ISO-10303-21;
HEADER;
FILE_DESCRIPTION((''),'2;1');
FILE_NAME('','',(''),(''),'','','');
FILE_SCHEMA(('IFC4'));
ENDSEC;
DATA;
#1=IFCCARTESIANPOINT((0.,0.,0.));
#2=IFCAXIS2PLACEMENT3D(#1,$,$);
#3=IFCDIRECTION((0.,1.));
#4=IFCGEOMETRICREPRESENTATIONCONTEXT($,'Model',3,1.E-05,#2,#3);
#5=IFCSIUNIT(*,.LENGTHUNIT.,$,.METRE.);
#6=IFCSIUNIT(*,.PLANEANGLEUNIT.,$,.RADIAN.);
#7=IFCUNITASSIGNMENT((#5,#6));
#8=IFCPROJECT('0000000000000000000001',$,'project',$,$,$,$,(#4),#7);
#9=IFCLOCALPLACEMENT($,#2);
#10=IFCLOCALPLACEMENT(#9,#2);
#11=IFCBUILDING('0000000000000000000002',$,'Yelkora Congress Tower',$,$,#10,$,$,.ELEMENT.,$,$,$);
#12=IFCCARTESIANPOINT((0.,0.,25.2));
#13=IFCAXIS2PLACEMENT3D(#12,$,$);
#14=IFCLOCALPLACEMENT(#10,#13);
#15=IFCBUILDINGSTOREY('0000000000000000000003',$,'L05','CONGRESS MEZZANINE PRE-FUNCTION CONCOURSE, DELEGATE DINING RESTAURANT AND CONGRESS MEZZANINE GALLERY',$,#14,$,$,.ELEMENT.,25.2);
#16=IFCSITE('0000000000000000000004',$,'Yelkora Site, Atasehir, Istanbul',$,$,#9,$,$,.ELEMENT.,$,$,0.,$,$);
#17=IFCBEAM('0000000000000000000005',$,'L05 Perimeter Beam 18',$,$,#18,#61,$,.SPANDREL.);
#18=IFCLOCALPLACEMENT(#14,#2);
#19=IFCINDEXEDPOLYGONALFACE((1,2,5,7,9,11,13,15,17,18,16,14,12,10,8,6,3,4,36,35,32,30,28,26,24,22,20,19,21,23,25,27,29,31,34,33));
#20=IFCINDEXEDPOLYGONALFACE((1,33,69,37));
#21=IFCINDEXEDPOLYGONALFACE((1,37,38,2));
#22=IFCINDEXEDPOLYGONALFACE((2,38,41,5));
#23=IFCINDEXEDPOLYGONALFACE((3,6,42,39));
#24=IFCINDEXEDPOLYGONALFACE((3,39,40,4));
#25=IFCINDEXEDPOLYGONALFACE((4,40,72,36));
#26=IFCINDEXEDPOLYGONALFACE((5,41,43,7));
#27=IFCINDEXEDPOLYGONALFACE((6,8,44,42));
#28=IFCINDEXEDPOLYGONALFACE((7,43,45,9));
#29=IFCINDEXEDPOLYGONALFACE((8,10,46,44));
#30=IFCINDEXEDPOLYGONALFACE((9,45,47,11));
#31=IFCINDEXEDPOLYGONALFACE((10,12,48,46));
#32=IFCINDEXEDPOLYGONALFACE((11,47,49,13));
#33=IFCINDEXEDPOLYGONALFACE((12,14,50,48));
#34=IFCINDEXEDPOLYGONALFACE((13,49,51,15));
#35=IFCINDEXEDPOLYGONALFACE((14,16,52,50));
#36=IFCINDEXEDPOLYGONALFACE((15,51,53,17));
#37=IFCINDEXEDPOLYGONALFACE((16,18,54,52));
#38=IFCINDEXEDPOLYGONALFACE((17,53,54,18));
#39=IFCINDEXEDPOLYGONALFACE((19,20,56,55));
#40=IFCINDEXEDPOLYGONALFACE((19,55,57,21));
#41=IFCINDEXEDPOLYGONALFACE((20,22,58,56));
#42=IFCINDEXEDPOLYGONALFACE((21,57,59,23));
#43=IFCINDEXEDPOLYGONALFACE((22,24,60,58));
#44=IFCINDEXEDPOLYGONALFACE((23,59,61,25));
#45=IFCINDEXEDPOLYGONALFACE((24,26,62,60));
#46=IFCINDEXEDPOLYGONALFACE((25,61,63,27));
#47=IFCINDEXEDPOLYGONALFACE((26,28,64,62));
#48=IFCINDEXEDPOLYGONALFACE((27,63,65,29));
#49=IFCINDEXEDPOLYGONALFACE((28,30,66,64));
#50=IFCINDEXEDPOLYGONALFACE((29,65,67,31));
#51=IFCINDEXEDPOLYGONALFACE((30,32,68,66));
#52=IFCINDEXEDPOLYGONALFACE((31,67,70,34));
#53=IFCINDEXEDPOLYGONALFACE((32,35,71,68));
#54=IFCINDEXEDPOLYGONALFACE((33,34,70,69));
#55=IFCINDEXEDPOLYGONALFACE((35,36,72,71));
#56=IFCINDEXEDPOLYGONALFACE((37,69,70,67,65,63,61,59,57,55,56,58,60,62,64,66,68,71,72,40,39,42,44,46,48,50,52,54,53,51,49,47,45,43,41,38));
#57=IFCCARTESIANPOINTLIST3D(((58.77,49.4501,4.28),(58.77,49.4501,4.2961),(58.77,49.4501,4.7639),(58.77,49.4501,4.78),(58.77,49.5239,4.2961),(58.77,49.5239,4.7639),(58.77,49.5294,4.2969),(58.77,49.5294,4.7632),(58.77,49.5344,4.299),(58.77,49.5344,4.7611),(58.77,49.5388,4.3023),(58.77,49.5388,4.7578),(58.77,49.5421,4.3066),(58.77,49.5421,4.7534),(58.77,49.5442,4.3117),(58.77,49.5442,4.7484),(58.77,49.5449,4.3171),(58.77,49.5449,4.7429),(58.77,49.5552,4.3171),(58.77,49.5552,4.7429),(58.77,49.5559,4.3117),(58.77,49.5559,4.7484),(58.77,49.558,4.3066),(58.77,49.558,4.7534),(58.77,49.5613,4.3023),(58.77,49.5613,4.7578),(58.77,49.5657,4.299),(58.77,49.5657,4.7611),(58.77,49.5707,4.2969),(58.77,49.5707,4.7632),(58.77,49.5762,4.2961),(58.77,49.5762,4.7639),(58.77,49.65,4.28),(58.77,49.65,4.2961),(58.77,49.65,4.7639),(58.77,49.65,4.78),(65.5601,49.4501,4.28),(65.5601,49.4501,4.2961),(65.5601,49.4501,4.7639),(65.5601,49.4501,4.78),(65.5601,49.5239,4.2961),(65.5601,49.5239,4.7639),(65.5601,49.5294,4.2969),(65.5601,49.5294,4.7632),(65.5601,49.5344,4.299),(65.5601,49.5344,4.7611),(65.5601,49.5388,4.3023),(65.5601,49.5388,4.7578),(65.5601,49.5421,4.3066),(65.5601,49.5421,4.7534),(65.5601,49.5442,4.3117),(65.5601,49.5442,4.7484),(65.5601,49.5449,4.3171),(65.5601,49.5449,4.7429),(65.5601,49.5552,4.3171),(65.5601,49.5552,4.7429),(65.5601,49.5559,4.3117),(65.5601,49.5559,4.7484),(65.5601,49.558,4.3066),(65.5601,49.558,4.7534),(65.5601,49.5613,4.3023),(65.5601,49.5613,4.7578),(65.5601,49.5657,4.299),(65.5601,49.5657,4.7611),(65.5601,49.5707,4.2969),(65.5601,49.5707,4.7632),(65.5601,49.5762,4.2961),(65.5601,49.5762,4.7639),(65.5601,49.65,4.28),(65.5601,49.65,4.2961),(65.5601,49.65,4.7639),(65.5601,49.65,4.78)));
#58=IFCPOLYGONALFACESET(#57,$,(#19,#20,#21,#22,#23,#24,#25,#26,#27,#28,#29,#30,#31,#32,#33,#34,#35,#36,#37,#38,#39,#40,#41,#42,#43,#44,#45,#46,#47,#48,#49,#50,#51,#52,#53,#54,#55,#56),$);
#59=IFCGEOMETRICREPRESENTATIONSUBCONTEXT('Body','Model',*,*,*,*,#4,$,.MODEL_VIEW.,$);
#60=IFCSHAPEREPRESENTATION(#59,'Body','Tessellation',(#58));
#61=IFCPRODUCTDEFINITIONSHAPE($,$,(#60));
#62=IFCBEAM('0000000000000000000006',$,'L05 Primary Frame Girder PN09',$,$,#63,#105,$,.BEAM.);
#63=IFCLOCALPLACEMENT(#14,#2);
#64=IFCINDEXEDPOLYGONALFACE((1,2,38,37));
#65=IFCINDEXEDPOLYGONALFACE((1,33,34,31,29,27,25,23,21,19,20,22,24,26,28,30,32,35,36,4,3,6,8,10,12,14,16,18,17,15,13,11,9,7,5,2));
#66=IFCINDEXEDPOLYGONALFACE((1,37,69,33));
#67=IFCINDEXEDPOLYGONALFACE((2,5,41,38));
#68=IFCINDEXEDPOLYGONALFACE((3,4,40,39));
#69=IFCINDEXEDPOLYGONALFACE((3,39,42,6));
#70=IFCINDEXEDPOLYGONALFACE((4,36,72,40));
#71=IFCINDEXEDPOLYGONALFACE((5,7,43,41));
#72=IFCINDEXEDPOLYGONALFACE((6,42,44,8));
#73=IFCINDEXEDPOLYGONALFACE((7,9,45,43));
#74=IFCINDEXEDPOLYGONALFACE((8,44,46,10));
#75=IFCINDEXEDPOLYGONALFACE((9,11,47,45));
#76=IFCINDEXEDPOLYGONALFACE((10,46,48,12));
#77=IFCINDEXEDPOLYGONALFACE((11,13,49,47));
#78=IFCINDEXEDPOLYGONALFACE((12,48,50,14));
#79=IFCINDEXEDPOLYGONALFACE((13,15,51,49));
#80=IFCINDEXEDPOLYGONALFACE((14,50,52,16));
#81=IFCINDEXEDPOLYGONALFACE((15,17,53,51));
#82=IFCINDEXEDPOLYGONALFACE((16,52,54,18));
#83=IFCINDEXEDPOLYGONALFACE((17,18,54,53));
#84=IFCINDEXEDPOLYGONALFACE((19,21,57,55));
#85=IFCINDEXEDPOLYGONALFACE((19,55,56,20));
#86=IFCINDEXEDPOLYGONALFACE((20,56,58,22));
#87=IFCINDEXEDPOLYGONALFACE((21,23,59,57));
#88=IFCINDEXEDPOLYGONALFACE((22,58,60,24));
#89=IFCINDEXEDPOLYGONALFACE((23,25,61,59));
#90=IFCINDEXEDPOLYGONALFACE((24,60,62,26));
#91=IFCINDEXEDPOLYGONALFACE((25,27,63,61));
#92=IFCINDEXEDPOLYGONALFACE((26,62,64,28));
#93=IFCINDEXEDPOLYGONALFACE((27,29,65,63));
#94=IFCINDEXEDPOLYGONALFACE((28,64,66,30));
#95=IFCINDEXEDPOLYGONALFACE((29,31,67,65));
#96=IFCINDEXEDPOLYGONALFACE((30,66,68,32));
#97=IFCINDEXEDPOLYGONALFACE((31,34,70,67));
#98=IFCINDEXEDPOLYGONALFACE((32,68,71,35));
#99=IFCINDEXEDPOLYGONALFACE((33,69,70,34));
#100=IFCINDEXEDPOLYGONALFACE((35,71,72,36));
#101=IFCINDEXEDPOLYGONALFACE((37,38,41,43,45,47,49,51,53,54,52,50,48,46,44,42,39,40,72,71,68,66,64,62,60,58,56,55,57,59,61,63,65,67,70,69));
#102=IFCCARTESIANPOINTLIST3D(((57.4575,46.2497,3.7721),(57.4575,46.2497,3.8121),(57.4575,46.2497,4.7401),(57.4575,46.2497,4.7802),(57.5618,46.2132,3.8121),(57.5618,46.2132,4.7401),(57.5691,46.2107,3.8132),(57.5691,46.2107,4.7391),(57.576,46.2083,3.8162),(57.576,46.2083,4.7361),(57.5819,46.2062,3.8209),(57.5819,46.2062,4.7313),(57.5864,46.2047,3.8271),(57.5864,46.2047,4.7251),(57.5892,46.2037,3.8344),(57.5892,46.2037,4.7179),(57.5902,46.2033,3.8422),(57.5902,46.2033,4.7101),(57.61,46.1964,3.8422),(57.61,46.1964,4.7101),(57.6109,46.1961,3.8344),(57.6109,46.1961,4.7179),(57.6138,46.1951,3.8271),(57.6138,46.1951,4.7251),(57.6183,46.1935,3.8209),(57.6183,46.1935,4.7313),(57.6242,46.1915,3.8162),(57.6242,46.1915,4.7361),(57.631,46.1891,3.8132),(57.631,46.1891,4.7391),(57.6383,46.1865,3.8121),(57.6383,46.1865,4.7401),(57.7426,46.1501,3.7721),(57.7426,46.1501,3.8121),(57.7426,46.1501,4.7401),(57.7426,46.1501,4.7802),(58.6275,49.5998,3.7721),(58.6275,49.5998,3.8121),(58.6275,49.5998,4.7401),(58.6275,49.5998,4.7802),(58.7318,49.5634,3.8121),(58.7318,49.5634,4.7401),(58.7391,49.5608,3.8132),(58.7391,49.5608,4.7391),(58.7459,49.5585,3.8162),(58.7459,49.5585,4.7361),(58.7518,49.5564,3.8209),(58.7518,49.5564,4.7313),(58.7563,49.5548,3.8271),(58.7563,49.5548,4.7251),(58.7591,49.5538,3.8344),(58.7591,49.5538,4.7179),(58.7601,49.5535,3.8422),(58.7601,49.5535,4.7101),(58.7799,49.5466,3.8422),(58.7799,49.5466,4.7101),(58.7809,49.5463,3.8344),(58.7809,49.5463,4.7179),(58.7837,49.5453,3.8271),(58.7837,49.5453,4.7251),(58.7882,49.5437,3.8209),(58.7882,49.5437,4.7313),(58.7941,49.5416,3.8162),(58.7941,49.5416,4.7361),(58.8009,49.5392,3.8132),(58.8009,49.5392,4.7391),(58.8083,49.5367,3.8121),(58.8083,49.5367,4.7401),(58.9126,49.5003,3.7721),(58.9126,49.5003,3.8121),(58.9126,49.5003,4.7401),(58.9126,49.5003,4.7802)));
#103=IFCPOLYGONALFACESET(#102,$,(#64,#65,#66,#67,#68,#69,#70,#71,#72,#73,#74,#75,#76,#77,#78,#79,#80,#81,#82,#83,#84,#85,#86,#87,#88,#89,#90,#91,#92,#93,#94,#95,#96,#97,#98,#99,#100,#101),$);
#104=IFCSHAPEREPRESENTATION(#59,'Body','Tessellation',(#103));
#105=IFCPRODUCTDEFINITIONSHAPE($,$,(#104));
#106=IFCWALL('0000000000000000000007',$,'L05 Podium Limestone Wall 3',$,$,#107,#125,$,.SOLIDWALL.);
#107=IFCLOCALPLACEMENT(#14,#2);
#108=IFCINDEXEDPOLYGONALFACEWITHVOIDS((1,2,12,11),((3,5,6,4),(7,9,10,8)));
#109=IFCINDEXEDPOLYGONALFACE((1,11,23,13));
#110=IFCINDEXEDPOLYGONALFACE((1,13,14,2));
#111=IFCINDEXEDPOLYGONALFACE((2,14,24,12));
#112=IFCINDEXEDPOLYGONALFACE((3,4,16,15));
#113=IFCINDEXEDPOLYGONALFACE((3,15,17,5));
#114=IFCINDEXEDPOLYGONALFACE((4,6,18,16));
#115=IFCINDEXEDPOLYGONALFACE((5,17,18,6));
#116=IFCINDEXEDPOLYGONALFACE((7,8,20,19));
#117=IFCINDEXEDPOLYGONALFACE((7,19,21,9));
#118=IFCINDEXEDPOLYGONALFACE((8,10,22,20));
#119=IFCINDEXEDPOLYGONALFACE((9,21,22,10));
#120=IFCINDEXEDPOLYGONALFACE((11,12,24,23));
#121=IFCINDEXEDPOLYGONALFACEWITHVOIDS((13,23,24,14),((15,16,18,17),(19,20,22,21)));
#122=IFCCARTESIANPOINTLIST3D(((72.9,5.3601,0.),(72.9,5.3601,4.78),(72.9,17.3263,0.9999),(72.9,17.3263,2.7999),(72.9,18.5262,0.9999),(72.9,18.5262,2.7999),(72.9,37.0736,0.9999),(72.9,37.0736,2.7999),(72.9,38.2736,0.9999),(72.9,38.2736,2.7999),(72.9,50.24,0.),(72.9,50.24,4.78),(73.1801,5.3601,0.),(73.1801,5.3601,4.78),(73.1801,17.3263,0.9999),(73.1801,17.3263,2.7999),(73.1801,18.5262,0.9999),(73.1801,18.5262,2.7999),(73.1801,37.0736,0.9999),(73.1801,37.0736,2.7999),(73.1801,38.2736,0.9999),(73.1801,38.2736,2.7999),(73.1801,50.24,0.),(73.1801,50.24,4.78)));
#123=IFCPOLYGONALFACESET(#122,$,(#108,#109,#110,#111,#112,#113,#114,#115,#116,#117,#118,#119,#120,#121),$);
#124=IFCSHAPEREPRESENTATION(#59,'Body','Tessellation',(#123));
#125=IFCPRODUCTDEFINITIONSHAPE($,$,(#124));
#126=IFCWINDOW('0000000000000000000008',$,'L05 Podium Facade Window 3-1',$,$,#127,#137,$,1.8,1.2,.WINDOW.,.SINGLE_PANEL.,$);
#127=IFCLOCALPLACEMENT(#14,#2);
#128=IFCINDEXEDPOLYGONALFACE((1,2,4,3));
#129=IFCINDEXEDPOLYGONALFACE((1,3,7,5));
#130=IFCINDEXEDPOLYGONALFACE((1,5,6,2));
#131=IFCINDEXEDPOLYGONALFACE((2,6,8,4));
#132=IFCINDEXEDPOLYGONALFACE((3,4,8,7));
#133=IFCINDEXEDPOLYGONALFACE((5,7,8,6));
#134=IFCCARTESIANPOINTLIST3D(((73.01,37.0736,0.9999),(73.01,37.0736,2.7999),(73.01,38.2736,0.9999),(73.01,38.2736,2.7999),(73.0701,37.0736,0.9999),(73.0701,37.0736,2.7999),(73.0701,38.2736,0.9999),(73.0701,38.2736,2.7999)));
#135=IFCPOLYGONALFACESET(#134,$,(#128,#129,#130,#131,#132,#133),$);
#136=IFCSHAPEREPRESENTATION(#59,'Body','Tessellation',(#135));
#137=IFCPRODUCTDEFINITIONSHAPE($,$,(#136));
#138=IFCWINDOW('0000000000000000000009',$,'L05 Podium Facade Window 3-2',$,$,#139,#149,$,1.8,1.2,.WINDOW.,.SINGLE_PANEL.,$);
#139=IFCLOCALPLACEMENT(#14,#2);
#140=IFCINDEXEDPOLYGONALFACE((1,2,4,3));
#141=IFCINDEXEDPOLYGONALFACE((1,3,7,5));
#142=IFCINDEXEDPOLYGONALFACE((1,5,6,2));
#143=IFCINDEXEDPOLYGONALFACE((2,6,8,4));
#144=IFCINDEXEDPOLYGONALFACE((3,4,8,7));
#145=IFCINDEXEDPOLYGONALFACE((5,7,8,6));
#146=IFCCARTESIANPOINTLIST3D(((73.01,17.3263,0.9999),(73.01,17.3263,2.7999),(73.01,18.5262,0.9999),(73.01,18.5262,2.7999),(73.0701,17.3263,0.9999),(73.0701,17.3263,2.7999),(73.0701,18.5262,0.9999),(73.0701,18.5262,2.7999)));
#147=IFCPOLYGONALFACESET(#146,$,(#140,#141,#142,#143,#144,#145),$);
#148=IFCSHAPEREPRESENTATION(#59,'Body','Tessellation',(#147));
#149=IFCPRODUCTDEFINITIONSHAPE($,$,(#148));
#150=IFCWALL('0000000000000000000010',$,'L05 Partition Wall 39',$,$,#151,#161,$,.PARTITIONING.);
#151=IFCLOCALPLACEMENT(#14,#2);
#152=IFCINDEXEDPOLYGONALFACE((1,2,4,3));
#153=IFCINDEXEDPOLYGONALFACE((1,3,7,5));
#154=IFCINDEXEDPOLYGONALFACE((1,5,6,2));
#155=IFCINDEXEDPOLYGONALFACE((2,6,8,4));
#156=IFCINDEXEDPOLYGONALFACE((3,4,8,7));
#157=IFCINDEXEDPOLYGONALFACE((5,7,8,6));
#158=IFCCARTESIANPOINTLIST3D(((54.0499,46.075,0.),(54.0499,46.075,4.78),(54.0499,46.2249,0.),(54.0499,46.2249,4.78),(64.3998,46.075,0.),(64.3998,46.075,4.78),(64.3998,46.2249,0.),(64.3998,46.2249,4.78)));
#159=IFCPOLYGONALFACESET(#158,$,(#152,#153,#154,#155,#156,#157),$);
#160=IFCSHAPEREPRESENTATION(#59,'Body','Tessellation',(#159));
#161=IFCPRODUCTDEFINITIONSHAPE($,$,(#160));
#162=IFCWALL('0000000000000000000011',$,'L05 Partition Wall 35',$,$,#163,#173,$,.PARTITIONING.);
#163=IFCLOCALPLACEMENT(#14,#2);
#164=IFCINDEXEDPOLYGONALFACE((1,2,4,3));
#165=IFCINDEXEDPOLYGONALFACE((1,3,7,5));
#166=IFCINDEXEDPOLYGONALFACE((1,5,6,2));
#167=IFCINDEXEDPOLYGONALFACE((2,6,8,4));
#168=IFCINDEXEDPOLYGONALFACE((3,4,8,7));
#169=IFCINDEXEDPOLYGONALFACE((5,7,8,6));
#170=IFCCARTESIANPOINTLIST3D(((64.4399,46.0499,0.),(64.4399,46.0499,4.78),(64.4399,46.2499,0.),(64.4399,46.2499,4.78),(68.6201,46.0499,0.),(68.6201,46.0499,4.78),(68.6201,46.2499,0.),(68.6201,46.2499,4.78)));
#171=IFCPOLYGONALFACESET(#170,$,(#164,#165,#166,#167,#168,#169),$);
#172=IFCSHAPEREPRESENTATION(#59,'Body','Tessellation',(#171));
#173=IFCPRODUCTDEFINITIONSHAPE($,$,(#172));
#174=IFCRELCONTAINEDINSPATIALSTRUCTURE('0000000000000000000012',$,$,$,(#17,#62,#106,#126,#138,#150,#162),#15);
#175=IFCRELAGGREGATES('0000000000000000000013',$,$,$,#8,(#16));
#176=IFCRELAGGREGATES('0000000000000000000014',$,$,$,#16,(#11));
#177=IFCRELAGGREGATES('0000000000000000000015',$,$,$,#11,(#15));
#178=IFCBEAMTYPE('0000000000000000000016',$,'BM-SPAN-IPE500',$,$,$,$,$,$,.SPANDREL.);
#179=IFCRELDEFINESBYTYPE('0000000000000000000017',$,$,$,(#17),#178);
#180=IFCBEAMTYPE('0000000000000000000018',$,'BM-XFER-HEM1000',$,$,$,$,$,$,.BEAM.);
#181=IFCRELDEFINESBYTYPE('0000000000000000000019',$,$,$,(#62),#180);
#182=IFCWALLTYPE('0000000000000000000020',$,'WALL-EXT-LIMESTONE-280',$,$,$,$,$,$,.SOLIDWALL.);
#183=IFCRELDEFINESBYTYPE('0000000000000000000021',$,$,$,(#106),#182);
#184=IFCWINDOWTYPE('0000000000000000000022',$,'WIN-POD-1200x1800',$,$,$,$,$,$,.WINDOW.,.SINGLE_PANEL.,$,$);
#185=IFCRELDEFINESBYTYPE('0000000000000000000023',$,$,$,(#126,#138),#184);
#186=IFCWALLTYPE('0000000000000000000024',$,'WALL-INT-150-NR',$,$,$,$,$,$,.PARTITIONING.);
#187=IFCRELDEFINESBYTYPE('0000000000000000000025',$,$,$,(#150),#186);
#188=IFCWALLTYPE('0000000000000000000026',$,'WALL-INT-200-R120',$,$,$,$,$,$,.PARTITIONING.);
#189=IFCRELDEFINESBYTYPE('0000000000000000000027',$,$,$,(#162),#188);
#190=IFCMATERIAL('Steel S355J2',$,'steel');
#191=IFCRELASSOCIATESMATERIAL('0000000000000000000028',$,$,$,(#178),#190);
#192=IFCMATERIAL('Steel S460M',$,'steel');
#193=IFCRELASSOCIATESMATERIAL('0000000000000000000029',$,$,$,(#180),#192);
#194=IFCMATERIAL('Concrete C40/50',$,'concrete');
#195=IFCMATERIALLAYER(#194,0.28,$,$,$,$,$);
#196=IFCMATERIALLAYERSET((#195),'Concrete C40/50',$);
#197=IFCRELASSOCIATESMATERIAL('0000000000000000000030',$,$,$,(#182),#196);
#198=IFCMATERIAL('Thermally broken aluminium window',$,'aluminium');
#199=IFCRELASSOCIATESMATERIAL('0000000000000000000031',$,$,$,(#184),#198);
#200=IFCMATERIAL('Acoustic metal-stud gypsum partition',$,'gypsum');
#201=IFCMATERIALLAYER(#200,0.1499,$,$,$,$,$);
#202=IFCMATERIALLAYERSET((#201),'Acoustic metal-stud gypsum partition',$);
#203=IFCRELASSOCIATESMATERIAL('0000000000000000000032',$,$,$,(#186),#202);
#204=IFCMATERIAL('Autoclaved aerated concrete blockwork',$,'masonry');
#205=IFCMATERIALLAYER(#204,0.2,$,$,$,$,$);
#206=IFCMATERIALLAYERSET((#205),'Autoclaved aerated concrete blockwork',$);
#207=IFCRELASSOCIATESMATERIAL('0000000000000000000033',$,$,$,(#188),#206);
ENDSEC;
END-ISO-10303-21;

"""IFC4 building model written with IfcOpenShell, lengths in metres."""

from ifc_helpers import new_model, si_unit, direction, frame, frame_2d, origin, origin_2d, place, context, subcontext, project, spatial, rectangle, i_section, extrude, material, layer, layer_set, material_profile, profile_set, type_object, element, fill, save


model = new_model("IFC4")

# Units and contexts
model_context = context("Model", 3, precision=1e-05, world=origin(), true_north=direction((0.0, 1.0)))
body_context = subcontext(model_context, "Body", "Model", "MODEL_VIEW")
ifc_project = project(units=[si_unit("LENGTHUNIT", "METRE"), si_unit("PLANEANGLEUNIT", "RADIAN")], contexts=[model_context])

# Site, building, storey
site_placement = place(None, origin())
site = spatial("IfcSite", under=ifc_project, at=site_placement, Name="Yelkora Site, Atasehir, Istanbul", CompositionType="ELEMENT", RefElevation=0.0)
building_placement = place(site_placement, origin())
building = spatial("IfcBuilding", under=site, at=building_placement, Name="Yelkora Congress Tower", CompositionType="ELEMENT")
storey_placement = place(building_placement, frame((0.0, 0.0, 25.2)))
storey = spatial("IfcBuildingStorey", under=building, at=storey_placement, Name="L05", Description="CONGRESS MEZZANINE PRE-FUNCTION CONCOURSE, DELEGATE DINING RESTAURANT AND CONGRESS MEZZANINE GALLERY", CompositionType="ELEMENT", Elevation=25.2)

# Beams
ifc_material_1 = material(Name="Steel S355J2", Category="steel")
ifc_material_profile_1 = material_profile(ifc_material_1, i_section(OverallWidth=0.2, OverallDepth=0.5, WebThickness=0.0103, FlangeThickness=0.0161, FilletRadius=0.021, at=origin_2d()), Name="IPE 500")
ifc_profile_set_1 = profile_set([ifc_material_profile_1], Name="Steel S355J2")
beam_type_1 = type_object("IfcBeamType", Name="BM-SPAN-IPE500", PredefinedType="SPANDREL", material=ifc_profile_set_1)
for number, where, z_axis, x_axis, name in (
    (1, (65.5601, 49.55, 4.53), (-1.0, 0.0, 0.0), (0.0, -1.0, 0.0), "L05 Perimeter Beam 18"),
):
    element("IfcBeam", number, at=place(storey_placement, frame(where, z_axis=z_axis, x_axis=x_axis)), inside=storey, type_object=beam_type_1, Name=name, PredefinedType="SPANDREL", context=body_context, shape_type="SweptSolid", body=[
        extrude(i_section(OverallWidth=0.2, OverallDepth=0.5, WebThickness=0.0103, FlangeThickness=0.0161, FilletRadius=0.021, at=origin_2d()), origin(), (0.0, 0.0, 1.0), 6.79),
    ])
ifc_material_2 = material(Name="Steel S460M", Category="steel")
ifc_material_profile_2 = material_profile(ifc_material_2, i_section(OverallWidth=0.302, OverallDepth=1.0081, WebThickness=0.021, FlangeThickness=0.04, FilletRadius=0.03, at=origin_2d()), Name="HEM 1000")
ifc_profile_set_2 = profile_set([ifc_material_profile_2], Name="Steel S460M")
beam_type_2 = type_object("IfcBeamType", Name="BM-XFER-HEM1000", PredefinedType="BEAM", material=ifc_profile_set_2)
beam_1_placement = place(storey_placement, frame((58.77, 49.55, 4.2761), z_axis=(-0.329695, -0.944088, 0.0), x_axis=(0.944088, -0.329695, 0.0)))
element("IfcBeam", 2, at=beam_1_placement, inside=storey, type_object=beam_type_2, Name="L05 Primary Frame Girder PN09", PredefinedType="BEAM", context=body_context, shape_type="SweptSolid", body=[
    extrude(i_section(OverallWidth=0.302, OverallDepth=1.0081, WebThickness=0.021, FlangeThickness=0.04, FilletRadius=0.03, at=origin_2d()), origin(), (0.0, 0.0, 1.0), 3.5486),
])

# Wall, openings, windows
ifc_material_3 = material(Name="Concrete C40/50", Category="concrete")
ifc_layer_1 = layer(ifc_material_3, 0.28)
ifc_layer_set_1 = layer_set([ifc_layer_1], Name="Concrete C40/50")
wall_type_1 = type_object("IfcWallType", Name="WALL-EXT-LIMESTONE-280", PredefinedType="SOLIDWALL", material=ifc_layer_set_1)
wall_1_placement = place(storey_placement, frame((73.04, 50.24, 0.0), z_axis=(0.0, 0.0, 1.0), x_axis=(0.0, -1.0, 0.0)))
wall_1 = element("IfcWall", 3, at=wall_1_placement, inside=storey, type_object=wall_type_1, Name="L05 Podium Limestone Wall 3", PredefinedType="SOLIDWALL", context=body_context, shape_type="SweptSolid", body=[
    extrude(rectangle(XDim=44.8799, YDim=0.28, at=frame_2d((22.4399, 0.0))), origin(), (0.0, 0.0, 1.0), 4.78),
])
opening_1_placement = place(wall_1_placement, frame((11.9663, 0.0, 1.0)))
opening_1 = element("IfcOpeningElement", 4, at=opening_1_placement, cuts=wall_1, PredefinedType="OPENING", context=body_context, shape_type="SweptSolid", body=[
    extrude(rectangle(XDim=1.2, YDim=1.8, at=frame_2d((0.6001, 0.8999))), frame((0.0, 0.1499, 0.0), z_axis=(0.0, -1.0, 0.0), x_axis=(1.0, 0.0, 0.0)), (0.0, 0.0, 1.0), 0.3),
])
opening_2_placement = place(wall_1_placement, frame((31.7136, 0.0, 1.0)))
opening_2 = element("IfcOpeningElement", 5, at=opening_2_placement, cuts=wall_1, PredefinedType="OPENING", context=body_context, shape_type="SweptSolid", body=[
    extrude(rectangle(XDim=1.2, YDim=1.8, at=frame_2d((0.6001, 0.8999))), frame((0.0, 0.1499, 0.0), z_axis=(0.0, -1.0, 0.0), x_axis=(1.0, 0.0, 0.0)), (0.0, 0.0, 1.0), 0.3),
])
ifc_material_4 = material(Name="Thermally broken aluminium window", Category="aluminium")
window_type = type_object("IfcWindowType", Name="WIN-POD-1200x1800", PartitioningType="SINGLE_PANEL", PredefinedType="WINDOW", material=ifc_material_4)
window_1_placement = place(opening_1_placement, origin())
window_1 = element("IfcWindow", 6, at=window_1_placement, inside=storey, type_object=window_type, Name="L05 Podium Facade Window 3-1", OverallHeight=1.8, OverallWidth=1.2, PartitioningType="SINGLE_PANEL", PredefinedType="WINDOW", context=body_context, shape_type="SweptSolid", body=[
    extrude(rectangle(XDim=1.2, YDim=1.8, at=frame_2d((0.6001, 0.8999))), frame((0.0, 0.03, 0.0), z_axis=(0.0, -1.0, 0.0), x_axis=(1.0, 0.0, 0.0)), (0.0, 0.0, 1.0), 0.0601),
])
fill(opening_1, window_1)
window_2_placement = place(opening_2_placement, origin())
window_2 = element("IfcWindow", 7, at=window_2_placement, inside=storey, type_object=window_type, Name="L05 Podium Facade Window 3-2", OverallHeight=1.8, OverallWidth=1.2, PartitioningType="SINGLE_PANEL", PredefinedType="WINDOW", context=body_context, shape_type="SweptSolid", body=[
    extrude(rectangle(XDim=1.2, YDim=1.8, at=frame_2d((0.6001, 0.8999))), frame((0.0, 0.03, 0.0), z_axis=(0.0, -1.0, 0.0), x_axis=(1.0, 0.0, 0.0)), (0.0, 0.0, 1.0), 0.0601),
])
fill(opening_2, window_2)

# Walls
ifc_material_5 = material(Name="Acoustic metal-stud gypsum partition", Category="gypsum")
ifc_layer_2 = layer(ifc_material_5, 0.1499)
ifc_layer_set_2 = layer_set([ifc_layer_2], Name="Acoustic metal-stud gypsum partition")
wall_type_2 = type_object("IfcWallType", Name="WALL-INT-150-NR", PredefinedType="PARTITIONING", material=ifc_layer_set_2)
wall_2_placement = place(storey_placement, frame((54.05, 46.1499, 0.0), z_axis=(0.0, 0.0, 1.0), x_axis=(1.0, 0.0, 0.0)))
element("IfcWall", 8, at=wall_2_placement, inside=storey, type_object=wall_type_2, Name="L05 Partition Wall 39", PredefinedType="PARTITIONING", context=body_context, shape_type="SweptSolid", body=[
    extrude(rectangle(XDim=10.3499, YDim=0.1499, at=frame_2d((5.1748, 0.0))), origin(), (0.0, 0.0, 1.0), 4.78),
])
ifc_material_6 = material(Name="Autoclaved aerated concrete blockwork", Category="masonry")
ifc_layer_3 = layer(ifc_material_6, 0.2)
ifc_layer_set_3 = layer_set([ifc_layer_3], Name="Autoclaved aerated concrete blockwork")
wall_type_3 = type_object("IfcWallType", Name="WALL-INT-200-R120", PredefinedType="PARTITIONING", material=ifc_layer_set_3)
wall_3_placement = place(storey_placement, frame((64.4399, 46.1499, 0.0), z_axis=(0.0, 0.0, 1.0), x_axis=(1.0, 0.0, 0.0)))
element("IfcWall", 9, at=wall_3_placement, inside=storey, type_object=wall_type_3, Name="L05 Partition Wall 35", PredefinedType="PARTITIONING", context=body_context, shape_type="SweptSolid", body=[
    extrude(rectangle(XDim=4.1802, YDim=0.2, at=frame_2d((2.0901, 0.0))), origin(), (0.0, 0.0, 1.0), 4.78),
])

save(model, "model.ifc")
